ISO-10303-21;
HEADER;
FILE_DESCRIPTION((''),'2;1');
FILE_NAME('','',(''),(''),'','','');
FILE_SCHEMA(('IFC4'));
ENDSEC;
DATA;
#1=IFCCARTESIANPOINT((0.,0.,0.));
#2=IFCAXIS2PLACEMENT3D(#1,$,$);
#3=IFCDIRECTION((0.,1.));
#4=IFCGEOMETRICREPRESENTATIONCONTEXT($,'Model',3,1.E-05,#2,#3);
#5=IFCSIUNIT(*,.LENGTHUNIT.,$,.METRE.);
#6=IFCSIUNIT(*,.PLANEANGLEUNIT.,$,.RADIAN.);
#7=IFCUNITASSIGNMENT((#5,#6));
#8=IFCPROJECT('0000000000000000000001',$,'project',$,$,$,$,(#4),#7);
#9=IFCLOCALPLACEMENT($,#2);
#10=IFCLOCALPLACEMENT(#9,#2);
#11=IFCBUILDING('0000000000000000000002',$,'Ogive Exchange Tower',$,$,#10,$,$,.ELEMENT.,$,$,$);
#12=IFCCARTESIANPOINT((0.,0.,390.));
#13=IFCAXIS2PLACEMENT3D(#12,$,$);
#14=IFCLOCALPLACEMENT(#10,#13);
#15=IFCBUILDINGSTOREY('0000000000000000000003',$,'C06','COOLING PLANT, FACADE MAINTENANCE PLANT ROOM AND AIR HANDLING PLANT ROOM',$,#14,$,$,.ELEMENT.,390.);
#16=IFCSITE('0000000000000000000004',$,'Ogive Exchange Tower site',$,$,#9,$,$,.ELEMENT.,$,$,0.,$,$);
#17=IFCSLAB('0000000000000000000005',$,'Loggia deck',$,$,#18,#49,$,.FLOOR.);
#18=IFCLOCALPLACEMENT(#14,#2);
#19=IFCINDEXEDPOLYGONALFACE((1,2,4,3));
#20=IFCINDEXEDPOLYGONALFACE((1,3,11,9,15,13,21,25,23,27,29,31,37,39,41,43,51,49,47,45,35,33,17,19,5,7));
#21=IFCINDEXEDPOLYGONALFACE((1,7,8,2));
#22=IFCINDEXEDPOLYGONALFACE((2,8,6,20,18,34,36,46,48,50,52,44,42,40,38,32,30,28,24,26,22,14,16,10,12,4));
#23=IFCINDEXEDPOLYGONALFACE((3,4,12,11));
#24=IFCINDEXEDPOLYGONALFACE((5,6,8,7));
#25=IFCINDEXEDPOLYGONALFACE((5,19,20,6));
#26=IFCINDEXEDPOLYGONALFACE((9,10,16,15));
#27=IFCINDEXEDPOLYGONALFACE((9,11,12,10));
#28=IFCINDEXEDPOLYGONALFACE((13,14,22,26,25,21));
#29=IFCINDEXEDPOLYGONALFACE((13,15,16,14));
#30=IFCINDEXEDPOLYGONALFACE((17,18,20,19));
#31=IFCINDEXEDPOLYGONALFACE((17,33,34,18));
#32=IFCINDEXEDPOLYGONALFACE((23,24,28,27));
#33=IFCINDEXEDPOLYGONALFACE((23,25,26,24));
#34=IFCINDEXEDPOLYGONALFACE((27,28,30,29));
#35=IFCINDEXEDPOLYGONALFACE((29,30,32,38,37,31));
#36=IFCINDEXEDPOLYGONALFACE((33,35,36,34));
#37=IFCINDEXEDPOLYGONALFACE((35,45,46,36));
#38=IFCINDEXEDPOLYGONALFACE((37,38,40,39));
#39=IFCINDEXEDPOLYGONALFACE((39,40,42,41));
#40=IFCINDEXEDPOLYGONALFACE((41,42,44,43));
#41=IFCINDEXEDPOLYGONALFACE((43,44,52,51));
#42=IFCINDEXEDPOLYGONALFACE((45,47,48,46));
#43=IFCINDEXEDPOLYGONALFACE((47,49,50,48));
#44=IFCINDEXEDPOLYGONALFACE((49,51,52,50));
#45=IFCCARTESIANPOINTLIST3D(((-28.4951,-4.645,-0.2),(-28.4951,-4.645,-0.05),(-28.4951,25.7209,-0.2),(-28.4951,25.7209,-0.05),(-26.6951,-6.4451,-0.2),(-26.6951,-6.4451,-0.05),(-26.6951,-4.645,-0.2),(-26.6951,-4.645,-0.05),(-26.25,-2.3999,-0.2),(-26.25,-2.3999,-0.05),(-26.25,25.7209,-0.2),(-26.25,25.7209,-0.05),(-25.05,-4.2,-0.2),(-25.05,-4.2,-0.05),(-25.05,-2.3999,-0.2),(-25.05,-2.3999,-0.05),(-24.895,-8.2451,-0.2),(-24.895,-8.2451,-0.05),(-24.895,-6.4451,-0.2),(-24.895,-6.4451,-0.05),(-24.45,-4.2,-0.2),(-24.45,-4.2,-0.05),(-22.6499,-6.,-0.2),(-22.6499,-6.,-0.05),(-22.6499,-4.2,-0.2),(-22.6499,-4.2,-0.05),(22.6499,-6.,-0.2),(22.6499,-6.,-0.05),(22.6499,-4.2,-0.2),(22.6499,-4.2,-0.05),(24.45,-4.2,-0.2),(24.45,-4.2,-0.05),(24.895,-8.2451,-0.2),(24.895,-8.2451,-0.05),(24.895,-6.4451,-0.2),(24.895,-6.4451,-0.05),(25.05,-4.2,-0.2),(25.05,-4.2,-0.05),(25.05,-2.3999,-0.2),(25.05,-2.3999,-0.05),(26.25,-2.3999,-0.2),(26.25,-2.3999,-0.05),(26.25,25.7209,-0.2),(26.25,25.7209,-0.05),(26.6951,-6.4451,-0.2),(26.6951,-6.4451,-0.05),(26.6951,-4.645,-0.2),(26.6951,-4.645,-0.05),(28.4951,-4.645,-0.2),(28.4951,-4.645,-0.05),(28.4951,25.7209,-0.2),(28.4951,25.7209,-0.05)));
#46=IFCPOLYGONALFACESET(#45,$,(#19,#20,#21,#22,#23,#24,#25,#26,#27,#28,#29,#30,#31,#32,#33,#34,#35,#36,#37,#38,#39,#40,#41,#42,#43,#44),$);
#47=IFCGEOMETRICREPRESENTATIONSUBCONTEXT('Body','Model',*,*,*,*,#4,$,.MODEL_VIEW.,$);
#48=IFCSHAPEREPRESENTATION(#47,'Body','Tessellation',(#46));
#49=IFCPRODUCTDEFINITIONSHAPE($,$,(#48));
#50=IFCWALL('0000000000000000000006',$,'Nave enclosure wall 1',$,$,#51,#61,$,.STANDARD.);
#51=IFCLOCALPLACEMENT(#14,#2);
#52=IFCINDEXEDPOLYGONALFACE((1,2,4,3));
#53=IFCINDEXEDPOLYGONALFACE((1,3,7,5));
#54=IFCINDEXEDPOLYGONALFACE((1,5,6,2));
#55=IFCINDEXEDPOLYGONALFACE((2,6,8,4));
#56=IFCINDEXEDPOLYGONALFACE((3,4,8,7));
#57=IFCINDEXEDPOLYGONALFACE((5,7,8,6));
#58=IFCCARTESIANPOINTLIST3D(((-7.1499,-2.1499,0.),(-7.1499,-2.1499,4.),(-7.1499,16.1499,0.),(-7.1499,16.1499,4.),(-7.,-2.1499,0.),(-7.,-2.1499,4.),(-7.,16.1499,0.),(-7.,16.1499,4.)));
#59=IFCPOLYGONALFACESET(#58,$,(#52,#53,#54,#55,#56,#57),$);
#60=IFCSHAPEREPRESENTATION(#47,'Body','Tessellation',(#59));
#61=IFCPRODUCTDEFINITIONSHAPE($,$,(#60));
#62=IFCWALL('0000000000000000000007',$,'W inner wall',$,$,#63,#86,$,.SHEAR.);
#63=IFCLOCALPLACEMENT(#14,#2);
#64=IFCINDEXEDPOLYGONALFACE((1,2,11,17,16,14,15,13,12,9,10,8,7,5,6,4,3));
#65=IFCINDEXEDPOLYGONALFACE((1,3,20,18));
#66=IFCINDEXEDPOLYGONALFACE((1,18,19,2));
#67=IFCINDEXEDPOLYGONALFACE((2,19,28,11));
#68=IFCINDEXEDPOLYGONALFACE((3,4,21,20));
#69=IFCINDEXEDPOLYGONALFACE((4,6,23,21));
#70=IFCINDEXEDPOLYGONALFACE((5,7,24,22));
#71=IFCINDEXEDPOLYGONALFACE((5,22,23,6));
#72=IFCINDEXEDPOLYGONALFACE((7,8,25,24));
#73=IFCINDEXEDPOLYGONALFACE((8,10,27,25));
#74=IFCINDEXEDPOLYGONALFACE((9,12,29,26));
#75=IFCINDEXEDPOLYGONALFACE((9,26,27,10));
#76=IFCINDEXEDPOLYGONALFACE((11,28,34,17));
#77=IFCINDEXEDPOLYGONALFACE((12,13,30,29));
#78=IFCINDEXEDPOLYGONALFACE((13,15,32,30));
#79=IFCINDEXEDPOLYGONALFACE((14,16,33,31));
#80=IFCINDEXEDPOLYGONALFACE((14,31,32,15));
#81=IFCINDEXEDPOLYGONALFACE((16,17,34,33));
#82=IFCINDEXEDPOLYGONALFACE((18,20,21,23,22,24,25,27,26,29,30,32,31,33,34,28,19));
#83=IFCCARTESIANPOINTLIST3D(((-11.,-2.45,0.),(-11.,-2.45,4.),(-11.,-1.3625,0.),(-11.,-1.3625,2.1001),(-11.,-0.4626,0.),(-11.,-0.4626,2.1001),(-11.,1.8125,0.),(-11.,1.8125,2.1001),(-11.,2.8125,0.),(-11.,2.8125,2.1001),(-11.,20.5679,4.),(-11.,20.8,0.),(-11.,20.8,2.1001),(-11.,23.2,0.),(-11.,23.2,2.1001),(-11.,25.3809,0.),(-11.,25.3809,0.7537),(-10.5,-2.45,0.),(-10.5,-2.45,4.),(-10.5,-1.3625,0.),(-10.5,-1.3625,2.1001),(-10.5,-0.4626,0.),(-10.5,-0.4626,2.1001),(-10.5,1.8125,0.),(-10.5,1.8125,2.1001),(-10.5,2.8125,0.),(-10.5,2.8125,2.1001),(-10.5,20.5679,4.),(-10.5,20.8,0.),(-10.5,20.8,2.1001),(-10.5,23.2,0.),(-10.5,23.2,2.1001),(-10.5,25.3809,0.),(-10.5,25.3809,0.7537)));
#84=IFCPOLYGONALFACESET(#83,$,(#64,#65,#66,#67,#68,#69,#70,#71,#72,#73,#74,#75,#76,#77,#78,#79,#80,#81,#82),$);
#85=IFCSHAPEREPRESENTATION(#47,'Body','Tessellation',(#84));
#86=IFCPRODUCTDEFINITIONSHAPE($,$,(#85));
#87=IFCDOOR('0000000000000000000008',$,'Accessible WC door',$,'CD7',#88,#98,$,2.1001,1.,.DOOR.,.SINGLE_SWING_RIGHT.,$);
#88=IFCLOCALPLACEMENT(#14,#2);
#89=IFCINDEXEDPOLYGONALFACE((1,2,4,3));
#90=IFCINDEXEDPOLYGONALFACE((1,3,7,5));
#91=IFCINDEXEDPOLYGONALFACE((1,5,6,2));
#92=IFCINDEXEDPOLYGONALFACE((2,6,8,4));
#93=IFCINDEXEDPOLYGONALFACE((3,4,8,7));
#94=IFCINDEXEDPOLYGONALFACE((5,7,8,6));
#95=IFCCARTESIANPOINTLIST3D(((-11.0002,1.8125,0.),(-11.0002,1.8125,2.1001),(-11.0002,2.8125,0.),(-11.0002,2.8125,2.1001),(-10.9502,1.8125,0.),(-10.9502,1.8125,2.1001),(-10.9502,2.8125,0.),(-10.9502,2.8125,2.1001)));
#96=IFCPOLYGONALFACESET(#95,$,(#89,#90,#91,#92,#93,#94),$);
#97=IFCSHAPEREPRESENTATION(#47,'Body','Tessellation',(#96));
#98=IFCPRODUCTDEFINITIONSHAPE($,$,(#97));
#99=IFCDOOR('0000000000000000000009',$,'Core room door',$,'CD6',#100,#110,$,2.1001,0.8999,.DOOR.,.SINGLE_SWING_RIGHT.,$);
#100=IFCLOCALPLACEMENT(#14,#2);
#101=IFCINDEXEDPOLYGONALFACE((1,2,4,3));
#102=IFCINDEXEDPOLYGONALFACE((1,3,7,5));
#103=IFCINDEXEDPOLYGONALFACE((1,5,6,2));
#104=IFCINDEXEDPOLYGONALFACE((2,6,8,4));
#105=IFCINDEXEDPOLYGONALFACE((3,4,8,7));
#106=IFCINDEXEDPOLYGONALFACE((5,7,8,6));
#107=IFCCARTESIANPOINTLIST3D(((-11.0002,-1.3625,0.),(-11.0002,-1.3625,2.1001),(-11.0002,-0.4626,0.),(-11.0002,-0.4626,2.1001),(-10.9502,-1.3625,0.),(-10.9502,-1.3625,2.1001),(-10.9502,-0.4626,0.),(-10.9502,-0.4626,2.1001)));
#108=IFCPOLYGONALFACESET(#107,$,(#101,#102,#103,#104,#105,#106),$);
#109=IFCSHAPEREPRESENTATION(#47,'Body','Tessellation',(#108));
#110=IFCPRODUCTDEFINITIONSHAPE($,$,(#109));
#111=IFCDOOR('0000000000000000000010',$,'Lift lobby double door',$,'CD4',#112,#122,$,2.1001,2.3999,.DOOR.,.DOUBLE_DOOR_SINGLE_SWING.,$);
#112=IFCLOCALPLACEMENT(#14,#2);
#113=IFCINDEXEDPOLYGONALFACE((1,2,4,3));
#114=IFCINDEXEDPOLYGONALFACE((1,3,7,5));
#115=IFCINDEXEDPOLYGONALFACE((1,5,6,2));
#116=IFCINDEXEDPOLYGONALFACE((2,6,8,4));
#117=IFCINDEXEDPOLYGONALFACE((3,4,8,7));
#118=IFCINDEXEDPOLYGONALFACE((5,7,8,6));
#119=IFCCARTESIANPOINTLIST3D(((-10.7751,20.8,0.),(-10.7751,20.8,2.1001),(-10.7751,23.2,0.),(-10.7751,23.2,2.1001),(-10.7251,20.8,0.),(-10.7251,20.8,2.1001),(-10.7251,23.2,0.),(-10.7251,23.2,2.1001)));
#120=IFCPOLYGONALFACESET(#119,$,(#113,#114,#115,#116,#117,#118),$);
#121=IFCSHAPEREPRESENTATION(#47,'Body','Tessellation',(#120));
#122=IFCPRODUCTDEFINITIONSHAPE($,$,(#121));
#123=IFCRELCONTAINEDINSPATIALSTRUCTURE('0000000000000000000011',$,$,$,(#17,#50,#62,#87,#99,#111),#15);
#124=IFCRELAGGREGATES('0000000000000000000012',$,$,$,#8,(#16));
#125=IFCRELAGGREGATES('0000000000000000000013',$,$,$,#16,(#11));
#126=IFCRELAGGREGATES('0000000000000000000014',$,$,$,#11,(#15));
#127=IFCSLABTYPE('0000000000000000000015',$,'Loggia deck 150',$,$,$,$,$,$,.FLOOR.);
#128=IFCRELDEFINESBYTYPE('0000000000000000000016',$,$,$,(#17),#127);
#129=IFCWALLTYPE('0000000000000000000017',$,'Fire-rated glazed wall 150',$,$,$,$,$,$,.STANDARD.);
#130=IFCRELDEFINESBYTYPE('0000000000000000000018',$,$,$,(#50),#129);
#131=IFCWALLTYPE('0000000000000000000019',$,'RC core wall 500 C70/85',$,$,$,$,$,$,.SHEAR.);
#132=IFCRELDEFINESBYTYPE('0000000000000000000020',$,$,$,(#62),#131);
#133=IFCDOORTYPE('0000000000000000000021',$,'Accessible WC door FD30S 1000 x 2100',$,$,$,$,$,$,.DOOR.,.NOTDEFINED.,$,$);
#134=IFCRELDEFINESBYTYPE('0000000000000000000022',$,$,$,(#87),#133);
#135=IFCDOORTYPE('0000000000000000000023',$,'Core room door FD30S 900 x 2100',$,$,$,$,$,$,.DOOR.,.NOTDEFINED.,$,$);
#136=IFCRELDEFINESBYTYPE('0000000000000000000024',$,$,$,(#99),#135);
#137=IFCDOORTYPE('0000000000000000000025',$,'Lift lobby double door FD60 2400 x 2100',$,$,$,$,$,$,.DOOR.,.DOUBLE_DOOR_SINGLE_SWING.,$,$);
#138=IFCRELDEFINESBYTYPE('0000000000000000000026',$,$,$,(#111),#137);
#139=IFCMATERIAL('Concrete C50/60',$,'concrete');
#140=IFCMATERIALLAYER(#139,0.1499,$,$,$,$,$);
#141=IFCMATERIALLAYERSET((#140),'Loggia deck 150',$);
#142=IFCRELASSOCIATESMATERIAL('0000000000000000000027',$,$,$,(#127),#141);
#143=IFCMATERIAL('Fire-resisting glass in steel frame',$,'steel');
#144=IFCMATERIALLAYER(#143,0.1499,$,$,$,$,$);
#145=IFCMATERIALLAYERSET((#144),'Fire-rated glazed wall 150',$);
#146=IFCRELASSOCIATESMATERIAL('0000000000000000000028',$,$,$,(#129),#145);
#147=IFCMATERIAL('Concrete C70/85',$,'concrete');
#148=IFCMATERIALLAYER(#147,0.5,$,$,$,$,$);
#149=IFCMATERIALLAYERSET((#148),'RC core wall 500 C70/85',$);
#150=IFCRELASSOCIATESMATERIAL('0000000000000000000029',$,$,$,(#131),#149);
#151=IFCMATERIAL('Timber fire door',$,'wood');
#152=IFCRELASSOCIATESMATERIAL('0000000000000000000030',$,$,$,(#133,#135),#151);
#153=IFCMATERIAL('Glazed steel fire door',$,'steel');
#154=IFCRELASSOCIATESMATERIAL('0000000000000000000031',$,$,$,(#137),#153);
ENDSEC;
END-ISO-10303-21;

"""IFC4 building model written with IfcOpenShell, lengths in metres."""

from ifc_helpers import new_model, si_unit, direction, frame, frame_2d, origin, place, context, subcontext, project, spatial, polyline, rectangle, outline, extrude, material, layer, layer_set, type_object, element, fill, save


model = new_model("IFC4")

# Units and contexts
model_context = context("Model", 3, precision=1e-05, world=origin(), true_north=direction((0.0, 1.0)))
body_context = subcontext(model_context, "Body", "Model", "MODEL_VIEW")
ifc_project = project(units=[si_unit("LENGTHUNIT", "METRE"), si_unit("PLANEANGLEUNIT", "RADIAN")], contexts=[model_context])

# Site, building, storey
site_placement = place(None, origin())
site = spatial("IfcSite", under=ifc_project, at=site_placement, Name="Ogive Exchange Tower site", CompositionType="ELEMENT", RefElevation=0.0)
building_placement = place(site_placement, origin())
building = spatial("IfcBuilding", under=site, at=building_placement, Name="Ogive Exchange Tower", CompositionType="ELEMENT")
storey_placement = place(building_placement, frame((0.0, 0.0, 390.0)))
storey = spatial("IfcBuildingStorey", under=building, at=storey_placement, Name="C06", Description="COOLING PLANT, FACADE MAINTENANCE PLANT ROOM AND AIR HANDLING PLANT ROOM", CompositionType="ELEMENT", Elevation=390.0)

# Slab
ifc_material_1 = material(Name="Concrete C50/60", Category="concrete")
ifc_layer_1 = layer(ifc_material_1, 0.1499)
ifc_layer_set_1 = layer_set([ifc_layer_1], Name="Loggia deck 150")
slab_type_1 = type_object("IfcSlabType", Name="Loggia deck 150", PredefinedType="FLOOR", material=ifc_layer_set_1)
slab_1_placement = place(storey_placement, frame((0.0, 0.0, -0.2)))
element("IfcSlab", 1, at=slab_1_placement, inside=storey, type_object=slab_type_1, Name="Loggia deck", PredefinedType="FLOOR", context=body_context, shape_type="SweptSolid", body=[
    extrude(outline(polyline([(-26.6951, -4.645), (-28.4951, -4.645), (-28.4951, 25.7209), (-26.25, 25.7209), (-26.25, -2.3999), (-24.45, -2.3999), (-24.45, -2.3999), (-25.05, -2.3999), (-25.05, -4.2), (-24.45, -4.2), (-24.45, -4.2), (-22.6499, -4.2), (-22.6499, -6.0), (22.6499, -6.0), (22.6499, -4.2), (24.45, -4.2), (24.45, -4.2), (25.05, -4.2), (25.05, -2.3999), (24.45, -2.3999), (24.45, -2.3999), (26.25, -2.3999), (26.25, 25.7209), (28.4951, 25.7209), (28.4951, -4.645), (26.6951, -4.645), (26.6951, -6.4451), (24.895, -6.4451), (24.895, -8.2451), (-24.895, -8.2451), (-24.895, -6.4451), (-26.6951, -6.4451), (-26.6951, -4.645)])), origin(), (0.0, 0.0, 1.0), 0.1499),
])

# Wall
ifc_material_2 = material(Name="Fire-resisting glass in steel frame", Category="steel")
ifc_layer_2 = layer(ifc_material_2, 0.1499)
ifc_layer_set_2 = layer_set([ifc_layer_2], Name="Fire-rated glazed wall 150")
wall_type_1 = type_object("IfcWallType", Name="Fire-rated glazed wall 150", PredefinedType="STANDARD", material=ifc_layer_set_2)
wall_1_placement = place(storey_placement, frame((-7.075, -2.1499, 0.0), z_axis=(0.0, 0.0, 1.0), x_axis=(0.0, 1.0, 0.0)))
element("IfcWall", 2, at=wall_1_placement, inside=storey, type_object=wall_type_1, Name="Nave enclosure wall 1", PredefinedType="STANDARD", context=body_context, shape_type="SweptSolid", body=[
    extrude(rectangle(XDim=18.2998, YDim=0.1499, at=frame_2d((9.1499, 0.0))), origin(), (0.0, 0.0, 1.0), 4.0),
])

# Wall, openings, doors
ifc_material_3 = material(Name="Concrete C70/85", Category="concrete")
ifc_layer_3 = layer(ifc_material_3, 0.5)
ifc_layer_set_3 = layer_set([ifc_layer_3], Name="RC core wall 500 C70/85")
wall_type_2 = type_object("IfcWallType", Name="RC core wall 500 C70/85", PredefinedType="SHEAR", material=ifc_layer_set_3)
wall_2_placement = place(storey_placement, frame((-10.75, -2.45, 0.0), z_axis=(0.0, 0.0, 1.0), x_axis=(0.0, 1.0, 0.0)))
wall_2 = element("IfcWall", 3, at=wall_2_placement, inside=storey, type_object=wall_type_2, Name="W inner wall", PredefinedType="SHEAR", context=body_context, shape_type="SweptSolid", body=[
    extrude(outline(polyline([(0.0, 0.0), (27.8308, 0.0), (27.8308, 0.7537), (23.0178, 4.0), (0.0, 4.0), (0.0, 0.0)])), frame((0.0, 0.25, 0.0), z_axis=(0.0, -1.0, 0.0), x_axis=(1.0, 0.0, 0.0)), (0.0, 0.0, 1.0), 0.5),
])
opening_1_placement = place(wall_2_placement, frame((23.25, 0.0, 0.0)))
opening_1 = element("IfcOpeningElement", 4, at=opening_1_placement, cuts=wall_2, PredefinedType="OPENING", context=body_context, shape_type="SweptSolid", body=[
    extrude(rectangle(XDim=2.3999, YDim=2.1001, at=frame_2d((1.2, 1.05))), frame((0.0, 0.26, 0.0), z_axis=(0.0, -1.0, 0.0), x_axis=(1.0, 0.0, 0.0)), (0.0, 0.0, 1.0), 0.52),
])
opening_2_placement = place(wall_2_placement, frame((1.0874, 0.0, 0.0)))
opening_2 = element("IfcOpeningElement", 5, at=opening_2_placement, cuts=wall_2, PredefinedType="OPENING", context=body_context, shape_type="SweptSolid", body=[
    extrude(rectangle(XDim=0.8999, YDim=2.1001, at=frame_2d((0.45, 1.05))), frame((0.0, 0.26, 0.0), z_axis=(0.0, -1.0, 0.0), x_axis=(1.0, 0.0, 0.0)), (0.0, 0.0, 1.0), 0.52),
])
opening_3_placement = place(wall_2_placement, frame((4.2625, 0.0, 0.0)))
opening_3 = element("IfcOpeningElement", 6, at=opening_3_placement, cuts=wall_2, PredefinedType="OPENING", context=body_context, shape_type="SweptSolid", body=[
    extrude(rectangle(XDim=1.0, YDim=2.1001, at=frame_2d((0.5, 1.05))), frame((0.0, 0.26, 0.0), z_axis=(0.0, -1.0, 0.0), x_axis=(1.0, 0.0, 0.0)), (0.0, 0.0, 1.0), 0.52),
])
ifc_material_4 = material(Name="Timber fire door", Category="wood")
door_type_1 = type_object("IfcDoorType", Name="Accessible WC door FD30S 1000 x 2100", OperationType="NOTDEFINED", PredefinedType="DOOR", material=ifc_material_4)
door_1_placement = place(opening_3_placement, frame((1.0, 0.4502, 0.0), z_axis=(0.0, 0.0, 1.0), x_axis=(-1.0, 0.0, 0.0)))
door_1 = element("IfcDoor", 7, at=door_1_placement, inside=storey, type_object=door_type_1, Name="Accessible WC door", ObjectType="CD7", OperationType="SINGLE_SWING_RIGHT", OverallHeight=2.1001, OverallWidth=1.0, PredefinedType="DOOR", context=body_context, shape_type="SweptSolid", body=[
    extrude(rectangle(XDim=1.0, YDim=2.1001, at=frame_2d((0.5, 1.05))), frame((0.0, 0.25, 0.0), z_axis=(0.0, -1.0, 0.0), x_axis=(1.0, 0.0, 0.0)), (0.0, 0.0, 1.0), 0.05),
])
fill(opening_3, door_1)
door_type_2 = type_object("IfcDoorType", Name="Core room door FD30S 900 x 2100", OperationType="NOTDEFINED", PredefinedType="DOOR", material=ifc_material_4)
door_2_placement = place(opening_2_placement, frame((0.8999, 0.4502, 0.0), z_axis=(0.0, 0.0, 1.0), x_axis=(-1.0, 0.0, 0.0)))
door_2 = element("IfcDoor", 8, at=door_2_placement, inside=storey, type_object=door_type_2, Name="Core room door", ObjectType="CD6", OperationType="SINGLE_SWING_RIGHT", OverallHeight=2.1001, OverallWidth=0.8999, PredefinedType="DOOR", context=body_context, shape_type="SweptSolid", body=[
    extrude(rectangle(XDim=0.8999, YDim=2.1001, at=frame_2d((0.45, 1.05))), frame((0.0, 0.25, 0.0), z_axis=(0.0, -1.0, 0.0), x_axis=(1.0, 0.0, 0.0)), (0.0, 0.0, 1.0), 0.05),
])
fill(opening_2, door_2)
ifc_material_5 = material(Name="Glazed steel fire door", Category="steel")
door_type_3 = type_object("IfcDoorType", Name="Lift lobby double door FD60 2400 x 2100", OperationType="DOUBLE_DOOR_SINGLE_SWING", PredefinedType="DOOR", material=ifc_material_5)
door_3_placement = place(opening_1_placement, frame((2.3999, 0.0, 0.0), z_axis=(0.0, 0.0, 1.0), x_axis=(-1.0, 0.0, 0.0)))
door_3 = element("IfcDoor", 9, at=door_3_placement, inside=storey, type_object=door_type_3, Name="Lift lobby double door", ObjectType="CD4", OperationType="DOUBLE_DOOR_SINGLE_SWING", OverallHeight=2.1001, OverallWidth=2.3999, PredefinedType="DOOR", context=body_context, shape_type="SweptSolid", body=[
    extrude(rectangle(XDim=2.3999, YDim=2.1001, at=frame_2d((1.2, 1.05))), frame((0.0, 0.0249, 0.0), z_axis=(0.0, -1.0, 0.0), x_axis=(1.0, 0.0, 0.0)), (0.0, 0.0, 1.0), 0.05),
])
fill(opening_1, door_3)

save(model, "model.ifc")
